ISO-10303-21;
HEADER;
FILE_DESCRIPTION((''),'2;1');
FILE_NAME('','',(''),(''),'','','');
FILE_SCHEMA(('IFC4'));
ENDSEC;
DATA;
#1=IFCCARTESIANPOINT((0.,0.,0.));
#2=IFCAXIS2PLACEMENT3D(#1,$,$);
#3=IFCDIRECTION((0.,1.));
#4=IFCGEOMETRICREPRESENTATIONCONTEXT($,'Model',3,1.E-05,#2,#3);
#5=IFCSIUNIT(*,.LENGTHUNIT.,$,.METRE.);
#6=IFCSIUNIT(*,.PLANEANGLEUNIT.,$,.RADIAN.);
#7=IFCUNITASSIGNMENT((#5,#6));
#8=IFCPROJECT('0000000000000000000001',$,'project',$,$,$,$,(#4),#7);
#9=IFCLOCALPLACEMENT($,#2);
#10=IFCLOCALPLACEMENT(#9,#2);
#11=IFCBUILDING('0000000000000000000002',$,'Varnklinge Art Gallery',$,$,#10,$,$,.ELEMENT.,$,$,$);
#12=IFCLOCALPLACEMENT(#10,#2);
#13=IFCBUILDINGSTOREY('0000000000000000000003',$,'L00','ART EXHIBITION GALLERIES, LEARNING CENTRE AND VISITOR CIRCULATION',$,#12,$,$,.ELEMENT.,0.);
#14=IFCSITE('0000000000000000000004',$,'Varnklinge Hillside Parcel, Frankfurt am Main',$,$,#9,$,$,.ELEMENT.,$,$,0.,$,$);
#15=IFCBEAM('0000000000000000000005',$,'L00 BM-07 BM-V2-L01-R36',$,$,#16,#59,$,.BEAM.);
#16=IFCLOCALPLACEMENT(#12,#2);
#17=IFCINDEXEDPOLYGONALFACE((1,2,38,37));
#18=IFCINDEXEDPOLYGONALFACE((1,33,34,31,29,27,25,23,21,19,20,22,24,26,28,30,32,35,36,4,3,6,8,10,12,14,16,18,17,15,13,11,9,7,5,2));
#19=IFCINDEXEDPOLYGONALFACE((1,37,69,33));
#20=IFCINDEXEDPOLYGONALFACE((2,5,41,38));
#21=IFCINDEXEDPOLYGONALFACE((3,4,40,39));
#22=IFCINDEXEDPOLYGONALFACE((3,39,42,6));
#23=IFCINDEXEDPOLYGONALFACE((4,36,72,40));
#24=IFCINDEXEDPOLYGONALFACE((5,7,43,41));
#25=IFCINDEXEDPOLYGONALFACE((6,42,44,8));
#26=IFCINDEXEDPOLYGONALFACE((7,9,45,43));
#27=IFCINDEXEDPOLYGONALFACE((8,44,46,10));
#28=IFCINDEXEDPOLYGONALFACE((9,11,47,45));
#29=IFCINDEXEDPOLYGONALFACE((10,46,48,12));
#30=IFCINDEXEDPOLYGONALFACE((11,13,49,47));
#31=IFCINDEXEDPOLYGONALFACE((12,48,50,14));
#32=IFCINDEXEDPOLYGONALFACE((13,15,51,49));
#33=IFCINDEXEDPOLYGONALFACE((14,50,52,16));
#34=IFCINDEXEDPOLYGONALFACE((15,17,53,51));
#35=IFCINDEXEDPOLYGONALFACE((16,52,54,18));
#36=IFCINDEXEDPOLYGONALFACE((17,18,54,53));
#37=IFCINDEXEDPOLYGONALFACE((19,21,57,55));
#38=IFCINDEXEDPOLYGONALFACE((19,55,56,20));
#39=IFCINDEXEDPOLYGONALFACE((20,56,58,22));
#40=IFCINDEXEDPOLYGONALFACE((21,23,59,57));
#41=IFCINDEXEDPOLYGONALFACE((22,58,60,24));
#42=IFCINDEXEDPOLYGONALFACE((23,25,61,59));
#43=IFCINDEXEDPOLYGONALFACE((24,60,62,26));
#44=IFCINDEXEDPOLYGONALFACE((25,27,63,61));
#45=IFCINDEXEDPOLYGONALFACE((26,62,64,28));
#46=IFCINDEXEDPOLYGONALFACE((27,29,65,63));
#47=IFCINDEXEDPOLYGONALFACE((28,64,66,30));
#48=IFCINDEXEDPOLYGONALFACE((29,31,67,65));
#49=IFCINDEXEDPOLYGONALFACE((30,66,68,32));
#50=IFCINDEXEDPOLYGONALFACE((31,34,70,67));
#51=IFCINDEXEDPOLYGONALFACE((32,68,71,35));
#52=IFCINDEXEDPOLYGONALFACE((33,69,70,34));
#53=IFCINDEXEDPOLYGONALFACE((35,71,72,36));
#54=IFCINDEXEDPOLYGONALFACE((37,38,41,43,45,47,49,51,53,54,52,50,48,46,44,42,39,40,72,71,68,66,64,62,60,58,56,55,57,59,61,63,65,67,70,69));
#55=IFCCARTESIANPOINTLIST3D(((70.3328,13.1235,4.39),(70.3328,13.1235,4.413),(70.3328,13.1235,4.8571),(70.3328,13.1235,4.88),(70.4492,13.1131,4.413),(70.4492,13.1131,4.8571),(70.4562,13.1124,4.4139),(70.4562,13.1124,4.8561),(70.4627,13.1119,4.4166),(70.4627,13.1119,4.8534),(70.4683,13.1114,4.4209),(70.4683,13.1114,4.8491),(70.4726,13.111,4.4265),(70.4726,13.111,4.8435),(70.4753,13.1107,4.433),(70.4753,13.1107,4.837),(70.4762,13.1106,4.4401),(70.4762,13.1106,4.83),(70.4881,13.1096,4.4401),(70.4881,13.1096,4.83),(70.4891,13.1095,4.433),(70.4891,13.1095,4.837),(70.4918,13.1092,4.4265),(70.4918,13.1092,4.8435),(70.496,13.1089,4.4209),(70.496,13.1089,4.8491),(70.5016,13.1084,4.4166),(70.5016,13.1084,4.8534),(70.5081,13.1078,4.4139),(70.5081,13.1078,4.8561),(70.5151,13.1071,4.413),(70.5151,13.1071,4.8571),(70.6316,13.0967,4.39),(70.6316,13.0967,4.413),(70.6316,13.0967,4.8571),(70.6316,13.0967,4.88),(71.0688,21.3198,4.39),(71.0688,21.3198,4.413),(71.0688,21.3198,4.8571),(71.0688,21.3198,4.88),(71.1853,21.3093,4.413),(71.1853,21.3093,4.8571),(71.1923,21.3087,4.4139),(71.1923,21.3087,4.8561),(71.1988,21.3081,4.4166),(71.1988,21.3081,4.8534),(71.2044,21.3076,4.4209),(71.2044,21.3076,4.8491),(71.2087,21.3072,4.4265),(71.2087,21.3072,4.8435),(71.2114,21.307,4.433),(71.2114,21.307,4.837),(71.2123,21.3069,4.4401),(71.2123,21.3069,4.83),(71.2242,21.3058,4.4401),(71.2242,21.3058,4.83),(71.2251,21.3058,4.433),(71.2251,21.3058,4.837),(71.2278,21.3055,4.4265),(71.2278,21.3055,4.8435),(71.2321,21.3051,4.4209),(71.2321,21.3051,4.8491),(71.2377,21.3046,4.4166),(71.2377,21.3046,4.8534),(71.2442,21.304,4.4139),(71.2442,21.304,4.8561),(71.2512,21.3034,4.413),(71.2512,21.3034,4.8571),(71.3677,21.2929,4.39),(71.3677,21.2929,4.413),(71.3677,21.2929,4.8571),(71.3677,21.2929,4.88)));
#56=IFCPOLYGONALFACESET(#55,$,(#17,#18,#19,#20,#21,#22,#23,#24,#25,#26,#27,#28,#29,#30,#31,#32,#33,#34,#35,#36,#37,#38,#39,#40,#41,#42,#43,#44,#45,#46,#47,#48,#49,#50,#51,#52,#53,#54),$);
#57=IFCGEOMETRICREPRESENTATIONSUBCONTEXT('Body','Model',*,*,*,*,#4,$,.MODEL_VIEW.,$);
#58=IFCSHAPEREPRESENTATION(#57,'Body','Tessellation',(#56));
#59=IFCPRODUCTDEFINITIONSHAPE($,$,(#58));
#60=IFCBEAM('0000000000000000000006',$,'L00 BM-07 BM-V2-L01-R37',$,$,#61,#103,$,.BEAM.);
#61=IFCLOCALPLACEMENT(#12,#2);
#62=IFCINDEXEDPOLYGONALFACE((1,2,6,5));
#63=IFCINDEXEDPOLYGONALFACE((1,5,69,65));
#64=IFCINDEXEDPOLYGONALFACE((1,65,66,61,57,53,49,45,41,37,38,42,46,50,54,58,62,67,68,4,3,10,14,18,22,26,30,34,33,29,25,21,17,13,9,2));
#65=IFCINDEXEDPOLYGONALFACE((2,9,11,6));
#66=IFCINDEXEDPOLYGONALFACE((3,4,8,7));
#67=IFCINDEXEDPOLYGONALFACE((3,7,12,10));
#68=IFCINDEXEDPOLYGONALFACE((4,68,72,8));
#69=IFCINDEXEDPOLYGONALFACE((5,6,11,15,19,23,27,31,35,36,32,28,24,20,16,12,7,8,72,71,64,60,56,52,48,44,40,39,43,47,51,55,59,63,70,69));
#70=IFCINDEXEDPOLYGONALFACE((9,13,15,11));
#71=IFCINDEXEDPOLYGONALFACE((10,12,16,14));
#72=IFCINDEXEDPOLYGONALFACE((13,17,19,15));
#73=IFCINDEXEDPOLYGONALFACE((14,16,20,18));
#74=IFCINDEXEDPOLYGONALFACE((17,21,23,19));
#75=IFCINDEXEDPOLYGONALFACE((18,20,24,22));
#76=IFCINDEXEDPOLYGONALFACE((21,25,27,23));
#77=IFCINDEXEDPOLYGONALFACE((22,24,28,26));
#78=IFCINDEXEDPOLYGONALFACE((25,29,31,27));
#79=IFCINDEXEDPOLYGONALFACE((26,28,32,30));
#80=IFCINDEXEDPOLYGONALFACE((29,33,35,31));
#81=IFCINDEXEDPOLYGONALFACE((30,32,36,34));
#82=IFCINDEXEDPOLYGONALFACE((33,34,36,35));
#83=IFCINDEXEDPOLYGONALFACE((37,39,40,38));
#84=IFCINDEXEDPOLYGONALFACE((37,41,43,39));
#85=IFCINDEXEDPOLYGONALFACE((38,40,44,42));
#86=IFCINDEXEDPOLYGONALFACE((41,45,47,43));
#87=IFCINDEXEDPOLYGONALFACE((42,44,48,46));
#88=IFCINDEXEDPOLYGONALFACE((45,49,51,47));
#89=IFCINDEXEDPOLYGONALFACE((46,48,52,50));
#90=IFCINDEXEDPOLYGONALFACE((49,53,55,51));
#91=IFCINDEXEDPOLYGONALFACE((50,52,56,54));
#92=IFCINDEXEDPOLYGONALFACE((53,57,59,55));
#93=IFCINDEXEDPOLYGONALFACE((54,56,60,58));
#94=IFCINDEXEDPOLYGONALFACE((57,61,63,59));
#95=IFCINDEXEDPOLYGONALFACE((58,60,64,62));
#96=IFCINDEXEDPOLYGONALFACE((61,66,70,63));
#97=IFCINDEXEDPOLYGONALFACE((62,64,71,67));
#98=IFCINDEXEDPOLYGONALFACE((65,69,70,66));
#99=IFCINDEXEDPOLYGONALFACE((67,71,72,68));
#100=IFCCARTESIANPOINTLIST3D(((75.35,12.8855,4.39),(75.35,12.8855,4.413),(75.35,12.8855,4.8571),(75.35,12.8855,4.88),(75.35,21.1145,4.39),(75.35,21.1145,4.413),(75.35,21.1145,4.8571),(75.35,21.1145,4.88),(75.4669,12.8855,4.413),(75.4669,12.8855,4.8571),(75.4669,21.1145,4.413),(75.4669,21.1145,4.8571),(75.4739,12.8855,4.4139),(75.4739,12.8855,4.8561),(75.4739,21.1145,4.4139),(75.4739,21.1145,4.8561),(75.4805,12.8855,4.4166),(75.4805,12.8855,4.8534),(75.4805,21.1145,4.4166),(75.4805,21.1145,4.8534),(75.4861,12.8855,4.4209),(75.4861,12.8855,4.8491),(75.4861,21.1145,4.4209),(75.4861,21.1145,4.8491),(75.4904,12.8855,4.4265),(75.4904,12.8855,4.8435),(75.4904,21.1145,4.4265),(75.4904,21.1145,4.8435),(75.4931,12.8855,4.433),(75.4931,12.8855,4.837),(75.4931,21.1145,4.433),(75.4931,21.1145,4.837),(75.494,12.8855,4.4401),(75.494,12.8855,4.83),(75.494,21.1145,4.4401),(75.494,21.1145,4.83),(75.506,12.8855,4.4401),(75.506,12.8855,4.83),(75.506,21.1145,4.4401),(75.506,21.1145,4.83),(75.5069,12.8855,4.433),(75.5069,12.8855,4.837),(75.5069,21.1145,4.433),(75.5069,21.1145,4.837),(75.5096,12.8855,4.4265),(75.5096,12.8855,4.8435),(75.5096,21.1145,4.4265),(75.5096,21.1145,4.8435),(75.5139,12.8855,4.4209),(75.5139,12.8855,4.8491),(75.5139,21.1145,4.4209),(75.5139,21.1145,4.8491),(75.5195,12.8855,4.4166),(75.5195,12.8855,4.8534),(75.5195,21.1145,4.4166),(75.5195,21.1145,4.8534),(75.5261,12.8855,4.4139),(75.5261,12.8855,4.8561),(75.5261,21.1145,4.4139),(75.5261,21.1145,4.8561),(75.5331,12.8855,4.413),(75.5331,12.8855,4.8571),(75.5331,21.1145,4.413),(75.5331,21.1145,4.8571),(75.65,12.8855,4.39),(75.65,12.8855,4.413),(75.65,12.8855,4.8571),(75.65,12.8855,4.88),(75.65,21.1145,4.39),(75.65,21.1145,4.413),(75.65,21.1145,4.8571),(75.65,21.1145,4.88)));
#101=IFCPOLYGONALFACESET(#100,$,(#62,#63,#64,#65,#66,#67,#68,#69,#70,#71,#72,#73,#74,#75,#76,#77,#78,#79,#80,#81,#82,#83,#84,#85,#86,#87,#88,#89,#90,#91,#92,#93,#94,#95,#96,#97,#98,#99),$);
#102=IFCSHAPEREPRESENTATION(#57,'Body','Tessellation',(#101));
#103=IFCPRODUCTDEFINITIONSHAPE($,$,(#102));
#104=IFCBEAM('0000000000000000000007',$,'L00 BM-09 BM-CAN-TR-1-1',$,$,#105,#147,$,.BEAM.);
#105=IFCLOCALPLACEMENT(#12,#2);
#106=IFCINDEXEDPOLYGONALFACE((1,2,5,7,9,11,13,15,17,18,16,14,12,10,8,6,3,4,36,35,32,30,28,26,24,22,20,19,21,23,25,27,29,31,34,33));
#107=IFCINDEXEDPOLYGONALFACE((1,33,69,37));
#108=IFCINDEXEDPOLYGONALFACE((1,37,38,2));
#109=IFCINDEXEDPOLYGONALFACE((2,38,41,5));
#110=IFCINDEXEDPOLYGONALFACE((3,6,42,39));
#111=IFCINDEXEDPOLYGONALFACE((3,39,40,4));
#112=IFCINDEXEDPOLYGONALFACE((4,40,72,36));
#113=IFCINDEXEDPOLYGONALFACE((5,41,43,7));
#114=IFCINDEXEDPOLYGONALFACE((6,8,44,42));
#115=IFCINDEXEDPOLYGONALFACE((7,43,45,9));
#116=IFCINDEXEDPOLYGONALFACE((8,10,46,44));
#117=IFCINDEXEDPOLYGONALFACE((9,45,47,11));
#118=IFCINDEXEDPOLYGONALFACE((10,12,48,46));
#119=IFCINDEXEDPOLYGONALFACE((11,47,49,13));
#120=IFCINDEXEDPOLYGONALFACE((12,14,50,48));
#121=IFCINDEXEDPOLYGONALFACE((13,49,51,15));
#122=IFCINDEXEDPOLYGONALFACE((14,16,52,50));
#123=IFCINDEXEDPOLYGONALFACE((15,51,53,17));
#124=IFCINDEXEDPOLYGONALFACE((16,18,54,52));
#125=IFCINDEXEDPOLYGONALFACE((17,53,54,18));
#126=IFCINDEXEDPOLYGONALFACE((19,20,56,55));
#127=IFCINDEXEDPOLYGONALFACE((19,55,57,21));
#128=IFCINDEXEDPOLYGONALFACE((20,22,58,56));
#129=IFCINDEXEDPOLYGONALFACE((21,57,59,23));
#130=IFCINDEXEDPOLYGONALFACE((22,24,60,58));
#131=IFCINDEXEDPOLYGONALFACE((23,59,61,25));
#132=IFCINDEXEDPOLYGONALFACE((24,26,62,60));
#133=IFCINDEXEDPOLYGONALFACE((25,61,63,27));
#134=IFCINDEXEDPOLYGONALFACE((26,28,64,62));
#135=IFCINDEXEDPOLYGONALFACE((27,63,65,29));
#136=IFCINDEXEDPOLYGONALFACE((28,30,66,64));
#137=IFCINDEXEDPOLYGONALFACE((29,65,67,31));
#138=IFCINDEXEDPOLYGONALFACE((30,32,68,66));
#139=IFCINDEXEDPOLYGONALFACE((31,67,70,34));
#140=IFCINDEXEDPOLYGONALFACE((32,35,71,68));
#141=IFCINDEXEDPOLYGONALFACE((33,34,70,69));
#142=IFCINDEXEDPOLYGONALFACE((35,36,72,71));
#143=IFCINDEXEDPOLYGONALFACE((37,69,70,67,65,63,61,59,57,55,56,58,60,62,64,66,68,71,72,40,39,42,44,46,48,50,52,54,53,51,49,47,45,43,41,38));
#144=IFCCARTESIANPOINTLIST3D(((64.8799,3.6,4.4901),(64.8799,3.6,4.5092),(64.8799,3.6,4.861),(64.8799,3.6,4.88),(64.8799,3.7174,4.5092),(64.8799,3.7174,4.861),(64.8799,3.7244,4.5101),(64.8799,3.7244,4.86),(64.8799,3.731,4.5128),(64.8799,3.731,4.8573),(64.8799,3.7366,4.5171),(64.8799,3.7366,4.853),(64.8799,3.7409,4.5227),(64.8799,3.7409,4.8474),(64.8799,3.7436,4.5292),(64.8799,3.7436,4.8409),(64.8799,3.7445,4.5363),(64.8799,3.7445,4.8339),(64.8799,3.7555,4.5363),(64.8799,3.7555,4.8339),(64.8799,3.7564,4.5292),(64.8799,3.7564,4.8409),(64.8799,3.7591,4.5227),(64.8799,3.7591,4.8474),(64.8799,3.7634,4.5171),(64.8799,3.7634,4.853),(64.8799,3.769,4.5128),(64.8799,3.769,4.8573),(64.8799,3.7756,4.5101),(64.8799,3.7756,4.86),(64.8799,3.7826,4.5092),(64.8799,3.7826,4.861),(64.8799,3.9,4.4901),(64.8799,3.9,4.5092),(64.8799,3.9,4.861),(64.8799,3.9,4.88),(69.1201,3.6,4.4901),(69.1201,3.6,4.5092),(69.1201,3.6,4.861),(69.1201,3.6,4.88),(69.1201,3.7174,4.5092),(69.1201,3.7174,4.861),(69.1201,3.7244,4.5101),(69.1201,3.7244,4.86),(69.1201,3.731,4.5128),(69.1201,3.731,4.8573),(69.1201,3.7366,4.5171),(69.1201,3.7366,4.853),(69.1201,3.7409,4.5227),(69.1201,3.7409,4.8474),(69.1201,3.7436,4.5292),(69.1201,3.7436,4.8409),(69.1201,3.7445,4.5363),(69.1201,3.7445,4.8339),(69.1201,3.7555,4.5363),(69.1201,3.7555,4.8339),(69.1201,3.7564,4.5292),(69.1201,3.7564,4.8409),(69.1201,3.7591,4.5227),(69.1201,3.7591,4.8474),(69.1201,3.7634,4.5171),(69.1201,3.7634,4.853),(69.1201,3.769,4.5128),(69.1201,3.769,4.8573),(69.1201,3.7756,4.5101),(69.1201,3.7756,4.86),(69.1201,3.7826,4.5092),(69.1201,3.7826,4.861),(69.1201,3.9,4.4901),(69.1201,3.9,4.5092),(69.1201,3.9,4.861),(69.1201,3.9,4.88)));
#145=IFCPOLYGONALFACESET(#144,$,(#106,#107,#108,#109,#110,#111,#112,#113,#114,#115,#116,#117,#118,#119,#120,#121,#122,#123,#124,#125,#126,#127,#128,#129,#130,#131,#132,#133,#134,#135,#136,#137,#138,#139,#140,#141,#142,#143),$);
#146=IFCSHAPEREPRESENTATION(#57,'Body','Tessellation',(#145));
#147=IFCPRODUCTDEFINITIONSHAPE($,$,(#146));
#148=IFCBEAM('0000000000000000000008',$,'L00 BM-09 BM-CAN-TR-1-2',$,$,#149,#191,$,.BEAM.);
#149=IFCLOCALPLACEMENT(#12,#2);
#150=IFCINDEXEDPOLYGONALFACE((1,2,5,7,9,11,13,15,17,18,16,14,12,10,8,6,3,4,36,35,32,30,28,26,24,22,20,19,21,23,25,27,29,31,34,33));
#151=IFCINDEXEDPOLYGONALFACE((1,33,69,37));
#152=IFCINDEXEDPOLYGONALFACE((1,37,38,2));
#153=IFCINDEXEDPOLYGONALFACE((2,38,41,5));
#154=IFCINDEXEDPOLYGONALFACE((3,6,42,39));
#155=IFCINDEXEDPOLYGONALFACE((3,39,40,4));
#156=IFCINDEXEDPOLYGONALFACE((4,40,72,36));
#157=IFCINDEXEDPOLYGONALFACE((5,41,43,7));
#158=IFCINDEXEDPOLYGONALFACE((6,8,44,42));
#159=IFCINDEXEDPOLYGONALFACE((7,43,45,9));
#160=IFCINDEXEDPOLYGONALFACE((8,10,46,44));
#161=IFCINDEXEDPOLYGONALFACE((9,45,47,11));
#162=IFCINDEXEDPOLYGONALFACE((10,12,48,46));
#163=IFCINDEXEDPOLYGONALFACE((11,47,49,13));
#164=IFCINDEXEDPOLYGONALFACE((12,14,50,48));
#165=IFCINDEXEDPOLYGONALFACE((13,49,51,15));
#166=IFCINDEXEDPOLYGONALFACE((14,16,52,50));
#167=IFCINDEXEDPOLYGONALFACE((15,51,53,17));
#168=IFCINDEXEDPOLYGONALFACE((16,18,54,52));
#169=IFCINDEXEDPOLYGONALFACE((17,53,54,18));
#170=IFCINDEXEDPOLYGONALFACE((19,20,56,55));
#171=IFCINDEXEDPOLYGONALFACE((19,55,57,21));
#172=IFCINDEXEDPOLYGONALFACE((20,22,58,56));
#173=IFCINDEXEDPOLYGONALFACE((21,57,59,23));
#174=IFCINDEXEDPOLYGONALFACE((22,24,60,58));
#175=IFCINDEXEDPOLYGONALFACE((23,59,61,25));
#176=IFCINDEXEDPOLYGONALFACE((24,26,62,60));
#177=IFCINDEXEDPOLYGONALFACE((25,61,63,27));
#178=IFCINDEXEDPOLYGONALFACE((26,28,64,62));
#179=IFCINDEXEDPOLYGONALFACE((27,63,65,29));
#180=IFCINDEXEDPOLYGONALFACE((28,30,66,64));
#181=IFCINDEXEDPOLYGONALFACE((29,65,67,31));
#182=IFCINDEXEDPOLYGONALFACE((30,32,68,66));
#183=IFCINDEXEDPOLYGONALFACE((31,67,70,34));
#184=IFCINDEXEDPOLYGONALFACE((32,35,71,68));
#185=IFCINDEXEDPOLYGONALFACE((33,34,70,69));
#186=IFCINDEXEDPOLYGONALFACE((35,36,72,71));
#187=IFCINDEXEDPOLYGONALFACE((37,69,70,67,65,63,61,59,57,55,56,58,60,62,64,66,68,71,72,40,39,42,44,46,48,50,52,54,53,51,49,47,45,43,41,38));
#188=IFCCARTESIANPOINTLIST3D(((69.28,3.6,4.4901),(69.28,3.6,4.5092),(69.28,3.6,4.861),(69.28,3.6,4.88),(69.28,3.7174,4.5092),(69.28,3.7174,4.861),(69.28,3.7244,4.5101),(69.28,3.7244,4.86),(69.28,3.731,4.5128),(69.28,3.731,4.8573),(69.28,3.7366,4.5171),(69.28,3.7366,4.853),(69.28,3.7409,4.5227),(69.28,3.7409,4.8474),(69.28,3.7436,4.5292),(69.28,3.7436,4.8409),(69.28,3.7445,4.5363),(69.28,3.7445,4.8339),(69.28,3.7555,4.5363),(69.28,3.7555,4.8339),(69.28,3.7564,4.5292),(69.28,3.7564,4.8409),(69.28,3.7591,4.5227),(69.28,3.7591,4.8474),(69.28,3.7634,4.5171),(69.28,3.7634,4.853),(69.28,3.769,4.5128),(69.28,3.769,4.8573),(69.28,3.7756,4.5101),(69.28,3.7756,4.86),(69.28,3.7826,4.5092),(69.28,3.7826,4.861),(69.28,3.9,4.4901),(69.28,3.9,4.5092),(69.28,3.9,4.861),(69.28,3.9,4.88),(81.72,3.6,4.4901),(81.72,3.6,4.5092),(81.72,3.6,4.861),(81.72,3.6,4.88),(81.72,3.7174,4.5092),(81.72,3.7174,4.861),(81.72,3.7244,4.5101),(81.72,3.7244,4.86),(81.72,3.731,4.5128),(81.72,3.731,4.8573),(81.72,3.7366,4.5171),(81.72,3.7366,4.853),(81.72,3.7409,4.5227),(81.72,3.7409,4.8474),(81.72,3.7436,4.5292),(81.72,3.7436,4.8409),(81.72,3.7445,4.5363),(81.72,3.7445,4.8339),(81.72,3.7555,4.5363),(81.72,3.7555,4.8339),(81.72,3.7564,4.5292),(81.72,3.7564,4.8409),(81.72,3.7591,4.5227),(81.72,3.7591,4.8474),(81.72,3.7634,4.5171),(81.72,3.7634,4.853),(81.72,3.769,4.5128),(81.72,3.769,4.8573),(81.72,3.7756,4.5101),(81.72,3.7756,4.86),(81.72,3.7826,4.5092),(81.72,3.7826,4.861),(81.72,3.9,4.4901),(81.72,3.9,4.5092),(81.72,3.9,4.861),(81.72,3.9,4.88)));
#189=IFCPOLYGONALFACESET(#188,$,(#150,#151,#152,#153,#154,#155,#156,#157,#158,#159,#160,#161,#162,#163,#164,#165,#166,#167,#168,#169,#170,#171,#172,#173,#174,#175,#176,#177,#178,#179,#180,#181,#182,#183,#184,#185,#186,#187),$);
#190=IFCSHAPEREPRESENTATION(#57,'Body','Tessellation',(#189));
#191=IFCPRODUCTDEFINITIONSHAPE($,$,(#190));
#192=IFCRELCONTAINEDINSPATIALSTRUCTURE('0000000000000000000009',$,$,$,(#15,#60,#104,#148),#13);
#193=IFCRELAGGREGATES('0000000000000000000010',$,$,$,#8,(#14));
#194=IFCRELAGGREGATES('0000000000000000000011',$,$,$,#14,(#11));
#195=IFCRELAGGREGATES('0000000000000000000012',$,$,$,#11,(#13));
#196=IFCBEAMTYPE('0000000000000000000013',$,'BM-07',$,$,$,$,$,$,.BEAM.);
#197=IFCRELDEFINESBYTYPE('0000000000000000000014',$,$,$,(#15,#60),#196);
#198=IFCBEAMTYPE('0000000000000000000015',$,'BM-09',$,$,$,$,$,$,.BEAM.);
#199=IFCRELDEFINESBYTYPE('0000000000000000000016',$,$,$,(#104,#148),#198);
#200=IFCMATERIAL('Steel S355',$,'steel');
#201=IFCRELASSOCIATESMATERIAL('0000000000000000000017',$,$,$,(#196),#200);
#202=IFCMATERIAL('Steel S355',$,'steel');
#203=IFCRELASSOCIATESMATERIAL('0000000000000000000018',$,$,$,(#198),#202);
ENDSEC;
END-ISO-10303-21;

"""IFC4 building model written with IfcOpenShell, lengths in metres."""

from ifc_helpers import new_model, si_unit, direction, frame, origin, origin_2d, place, context, subcontext, project, spatial, i_section, extrude, material, material_profile, profile_set, type_object, element, save


model = new_model("IFC4")

# Units and contexts
model_context = context("Model", 3, precision=1e-05, world=origin(), true_north=direction((0.0, 1.0)))
body_context = subcontext(model_context, "Body", "Model", "MODEL_VIEW")
ifc_project = project(units=[si_unit("LENGTHUNIT", "METRE"), si_unit("PLANEANGLEUNIT", "RADIAN")], contexts=[model_context])

# Site, building, storey
site_placement = place(None, origin())
site = spatial("IfcSite", under=ifc_project, at=site_placement, Name="Varnklinge Hillside Parcel, Frankfurt am Main", CompositionType="ELEMENT", RefElevation=0.0)
building_placement = place(site_placement, origin())
building = spatial("IfcBuilding", under=site, at=building_placement, Name="Varnklinge Art Gallery", CompositionType="ELEMENT")
storey_placement = place(building_placement, origin())
storey = spatial("IfcBuildingStorey", under=building, at=storey_placement, Name="L00", Description="ART EXHIBITION GALLERIES, LEARNING CENTRE AND VISITOR CIRCULATION", CompositionType="ELEMENT", Elevation=0.0)

# Beams
ifc_material_1 = material(Name="Steel S355", Category="steel")
ifc_material_profile_1 = material_profile(ifc_material_1, i_section(OverallWidth=0.3, OverallDepth=0.49, WebThickness=0.012, FlangeThickness=0.0229, FilletRadius=0.0271, at=origin_2d()), Name="HEA 500")
ifc_profile_set_1 = profile_set([ifc_material_profile_1], Name="Steel S355")
beam_type_1 = type_object("IfcBeamType", Name="BM-07", PredefinedType="BEAM", material=ifc_profile_set_1)
beam_1_placement = place(storey_placement, frame((70.4822, 13.1101, 4.635), z_axis=(0.089447, 0.995992, 0.0), x_axis=(-0.995992, 0.089447, 0.0)))
element("IfcBeam", 1, at=beam_1_placement, inside=storey, type_object=beam_type_1, Name="L00 BM-07 BM-V2-L01-R36", PredefinedType="BEAM", context=body_context, shape_type="SweptSolid", body=[
    extrude(i_section(OverallWidth=0.3, OverallDepth=0.49, WebThickness=0.012, FlangeThickness=0.0229, FilletRadius=0.0271, at=origin_2d()), origin(), (0.0, 0.0, 1.0), 8.2292),
])
beam_2_placement = place(storey_placement, frame((75.5, 12.8855, 4.635), z_axis=(0.0, 1.0, 0.0), x_axis=(-1.0, 0.0, 0.0)))
element("IfcBeam", 2, at=beam_2_placement, inside=storey, type_object=beam_type_1, Name="L00 BM-07 BM-V2-L01-R37", PredefinedType="BEAM", context=body_context, shape_type="SweptSolid", body=[
    extrude(i_section(OverallWidth=0.3, OverallDepth=0.49, WebThickness=0.012, FlangeThickness=0.0229, FilletRadius=0.0271, at=origin_2d()), origin(), (0.0, 0.0, 1.0), 8.229),
])
ifc_material_2 = material(Name="Steel S355", Category="steel")
ifc_material_profile_2 = material_profile(ifc_material_2, i_section(OverallWidth=0.3, OverallDepth=0.3899, WebThickness=0.011, FlangeThickness=0.019, FilletRadius=0.0271, at=origin_2d()), Name="HEA 400")
ifc_profile_set_2 = profile_set([ifc_material_profile_2], Name="Steel S355")
beam_type_2 = type_object("IfcBeamType", Name="BM-09", PredefinedType="BEAM", material=ifc_profile_set_2)
beam_3_placement = place(storey_placement, frame((64.8799, 3.75, 4.6851), z_axis=(1.0, 0.0, 0.0), x_axis=(0.0, 1.0, 0.0)))
element("IfcBeam", 3, at=beam_3_placement, inside=storey, type_object=beam_type_2, Name="L00 BM-09 BM-CAN-TR-1-1", PredefinedType="BEAM", context=body_context, shape_type="SweptSolid", body=[
    extrude(i_section(OverallWidth=0.3, OverallDepth=0.3899, WebThickness=0.011, FlangeThickness=0.019, FilletRadius=0.0271, at=origin_2d()), origin(), (0.0, 0.0, 1.0), 4.2402),
])
beam_4_placement = place(storey_placement, frame((69.28, 3.75, 4.6851), z_axis=(1.0, 0.0, 0.0), x_axis=(0.0, 1.0, 0.0)))
element("IfcBeam", 4, at=beam_4_placement, inside=storey, type_object=beam_type_2, Name="L00 BM-09 BM-CAN-TR-1-2", PredefinedType="BEAM", context=body_context, shape_type="SweptSolid", body=[
    extrude(i_section(OverallWidth=0.3, OverallDepth=0.3899, WebThickness=0.011, FlangeThickness=0.019, FilletRadius=0.0271, at=origin_2d()), origin(), (0.0, 0.0, 1.0), 12.4399),
])

save(model, "model.ifc")
